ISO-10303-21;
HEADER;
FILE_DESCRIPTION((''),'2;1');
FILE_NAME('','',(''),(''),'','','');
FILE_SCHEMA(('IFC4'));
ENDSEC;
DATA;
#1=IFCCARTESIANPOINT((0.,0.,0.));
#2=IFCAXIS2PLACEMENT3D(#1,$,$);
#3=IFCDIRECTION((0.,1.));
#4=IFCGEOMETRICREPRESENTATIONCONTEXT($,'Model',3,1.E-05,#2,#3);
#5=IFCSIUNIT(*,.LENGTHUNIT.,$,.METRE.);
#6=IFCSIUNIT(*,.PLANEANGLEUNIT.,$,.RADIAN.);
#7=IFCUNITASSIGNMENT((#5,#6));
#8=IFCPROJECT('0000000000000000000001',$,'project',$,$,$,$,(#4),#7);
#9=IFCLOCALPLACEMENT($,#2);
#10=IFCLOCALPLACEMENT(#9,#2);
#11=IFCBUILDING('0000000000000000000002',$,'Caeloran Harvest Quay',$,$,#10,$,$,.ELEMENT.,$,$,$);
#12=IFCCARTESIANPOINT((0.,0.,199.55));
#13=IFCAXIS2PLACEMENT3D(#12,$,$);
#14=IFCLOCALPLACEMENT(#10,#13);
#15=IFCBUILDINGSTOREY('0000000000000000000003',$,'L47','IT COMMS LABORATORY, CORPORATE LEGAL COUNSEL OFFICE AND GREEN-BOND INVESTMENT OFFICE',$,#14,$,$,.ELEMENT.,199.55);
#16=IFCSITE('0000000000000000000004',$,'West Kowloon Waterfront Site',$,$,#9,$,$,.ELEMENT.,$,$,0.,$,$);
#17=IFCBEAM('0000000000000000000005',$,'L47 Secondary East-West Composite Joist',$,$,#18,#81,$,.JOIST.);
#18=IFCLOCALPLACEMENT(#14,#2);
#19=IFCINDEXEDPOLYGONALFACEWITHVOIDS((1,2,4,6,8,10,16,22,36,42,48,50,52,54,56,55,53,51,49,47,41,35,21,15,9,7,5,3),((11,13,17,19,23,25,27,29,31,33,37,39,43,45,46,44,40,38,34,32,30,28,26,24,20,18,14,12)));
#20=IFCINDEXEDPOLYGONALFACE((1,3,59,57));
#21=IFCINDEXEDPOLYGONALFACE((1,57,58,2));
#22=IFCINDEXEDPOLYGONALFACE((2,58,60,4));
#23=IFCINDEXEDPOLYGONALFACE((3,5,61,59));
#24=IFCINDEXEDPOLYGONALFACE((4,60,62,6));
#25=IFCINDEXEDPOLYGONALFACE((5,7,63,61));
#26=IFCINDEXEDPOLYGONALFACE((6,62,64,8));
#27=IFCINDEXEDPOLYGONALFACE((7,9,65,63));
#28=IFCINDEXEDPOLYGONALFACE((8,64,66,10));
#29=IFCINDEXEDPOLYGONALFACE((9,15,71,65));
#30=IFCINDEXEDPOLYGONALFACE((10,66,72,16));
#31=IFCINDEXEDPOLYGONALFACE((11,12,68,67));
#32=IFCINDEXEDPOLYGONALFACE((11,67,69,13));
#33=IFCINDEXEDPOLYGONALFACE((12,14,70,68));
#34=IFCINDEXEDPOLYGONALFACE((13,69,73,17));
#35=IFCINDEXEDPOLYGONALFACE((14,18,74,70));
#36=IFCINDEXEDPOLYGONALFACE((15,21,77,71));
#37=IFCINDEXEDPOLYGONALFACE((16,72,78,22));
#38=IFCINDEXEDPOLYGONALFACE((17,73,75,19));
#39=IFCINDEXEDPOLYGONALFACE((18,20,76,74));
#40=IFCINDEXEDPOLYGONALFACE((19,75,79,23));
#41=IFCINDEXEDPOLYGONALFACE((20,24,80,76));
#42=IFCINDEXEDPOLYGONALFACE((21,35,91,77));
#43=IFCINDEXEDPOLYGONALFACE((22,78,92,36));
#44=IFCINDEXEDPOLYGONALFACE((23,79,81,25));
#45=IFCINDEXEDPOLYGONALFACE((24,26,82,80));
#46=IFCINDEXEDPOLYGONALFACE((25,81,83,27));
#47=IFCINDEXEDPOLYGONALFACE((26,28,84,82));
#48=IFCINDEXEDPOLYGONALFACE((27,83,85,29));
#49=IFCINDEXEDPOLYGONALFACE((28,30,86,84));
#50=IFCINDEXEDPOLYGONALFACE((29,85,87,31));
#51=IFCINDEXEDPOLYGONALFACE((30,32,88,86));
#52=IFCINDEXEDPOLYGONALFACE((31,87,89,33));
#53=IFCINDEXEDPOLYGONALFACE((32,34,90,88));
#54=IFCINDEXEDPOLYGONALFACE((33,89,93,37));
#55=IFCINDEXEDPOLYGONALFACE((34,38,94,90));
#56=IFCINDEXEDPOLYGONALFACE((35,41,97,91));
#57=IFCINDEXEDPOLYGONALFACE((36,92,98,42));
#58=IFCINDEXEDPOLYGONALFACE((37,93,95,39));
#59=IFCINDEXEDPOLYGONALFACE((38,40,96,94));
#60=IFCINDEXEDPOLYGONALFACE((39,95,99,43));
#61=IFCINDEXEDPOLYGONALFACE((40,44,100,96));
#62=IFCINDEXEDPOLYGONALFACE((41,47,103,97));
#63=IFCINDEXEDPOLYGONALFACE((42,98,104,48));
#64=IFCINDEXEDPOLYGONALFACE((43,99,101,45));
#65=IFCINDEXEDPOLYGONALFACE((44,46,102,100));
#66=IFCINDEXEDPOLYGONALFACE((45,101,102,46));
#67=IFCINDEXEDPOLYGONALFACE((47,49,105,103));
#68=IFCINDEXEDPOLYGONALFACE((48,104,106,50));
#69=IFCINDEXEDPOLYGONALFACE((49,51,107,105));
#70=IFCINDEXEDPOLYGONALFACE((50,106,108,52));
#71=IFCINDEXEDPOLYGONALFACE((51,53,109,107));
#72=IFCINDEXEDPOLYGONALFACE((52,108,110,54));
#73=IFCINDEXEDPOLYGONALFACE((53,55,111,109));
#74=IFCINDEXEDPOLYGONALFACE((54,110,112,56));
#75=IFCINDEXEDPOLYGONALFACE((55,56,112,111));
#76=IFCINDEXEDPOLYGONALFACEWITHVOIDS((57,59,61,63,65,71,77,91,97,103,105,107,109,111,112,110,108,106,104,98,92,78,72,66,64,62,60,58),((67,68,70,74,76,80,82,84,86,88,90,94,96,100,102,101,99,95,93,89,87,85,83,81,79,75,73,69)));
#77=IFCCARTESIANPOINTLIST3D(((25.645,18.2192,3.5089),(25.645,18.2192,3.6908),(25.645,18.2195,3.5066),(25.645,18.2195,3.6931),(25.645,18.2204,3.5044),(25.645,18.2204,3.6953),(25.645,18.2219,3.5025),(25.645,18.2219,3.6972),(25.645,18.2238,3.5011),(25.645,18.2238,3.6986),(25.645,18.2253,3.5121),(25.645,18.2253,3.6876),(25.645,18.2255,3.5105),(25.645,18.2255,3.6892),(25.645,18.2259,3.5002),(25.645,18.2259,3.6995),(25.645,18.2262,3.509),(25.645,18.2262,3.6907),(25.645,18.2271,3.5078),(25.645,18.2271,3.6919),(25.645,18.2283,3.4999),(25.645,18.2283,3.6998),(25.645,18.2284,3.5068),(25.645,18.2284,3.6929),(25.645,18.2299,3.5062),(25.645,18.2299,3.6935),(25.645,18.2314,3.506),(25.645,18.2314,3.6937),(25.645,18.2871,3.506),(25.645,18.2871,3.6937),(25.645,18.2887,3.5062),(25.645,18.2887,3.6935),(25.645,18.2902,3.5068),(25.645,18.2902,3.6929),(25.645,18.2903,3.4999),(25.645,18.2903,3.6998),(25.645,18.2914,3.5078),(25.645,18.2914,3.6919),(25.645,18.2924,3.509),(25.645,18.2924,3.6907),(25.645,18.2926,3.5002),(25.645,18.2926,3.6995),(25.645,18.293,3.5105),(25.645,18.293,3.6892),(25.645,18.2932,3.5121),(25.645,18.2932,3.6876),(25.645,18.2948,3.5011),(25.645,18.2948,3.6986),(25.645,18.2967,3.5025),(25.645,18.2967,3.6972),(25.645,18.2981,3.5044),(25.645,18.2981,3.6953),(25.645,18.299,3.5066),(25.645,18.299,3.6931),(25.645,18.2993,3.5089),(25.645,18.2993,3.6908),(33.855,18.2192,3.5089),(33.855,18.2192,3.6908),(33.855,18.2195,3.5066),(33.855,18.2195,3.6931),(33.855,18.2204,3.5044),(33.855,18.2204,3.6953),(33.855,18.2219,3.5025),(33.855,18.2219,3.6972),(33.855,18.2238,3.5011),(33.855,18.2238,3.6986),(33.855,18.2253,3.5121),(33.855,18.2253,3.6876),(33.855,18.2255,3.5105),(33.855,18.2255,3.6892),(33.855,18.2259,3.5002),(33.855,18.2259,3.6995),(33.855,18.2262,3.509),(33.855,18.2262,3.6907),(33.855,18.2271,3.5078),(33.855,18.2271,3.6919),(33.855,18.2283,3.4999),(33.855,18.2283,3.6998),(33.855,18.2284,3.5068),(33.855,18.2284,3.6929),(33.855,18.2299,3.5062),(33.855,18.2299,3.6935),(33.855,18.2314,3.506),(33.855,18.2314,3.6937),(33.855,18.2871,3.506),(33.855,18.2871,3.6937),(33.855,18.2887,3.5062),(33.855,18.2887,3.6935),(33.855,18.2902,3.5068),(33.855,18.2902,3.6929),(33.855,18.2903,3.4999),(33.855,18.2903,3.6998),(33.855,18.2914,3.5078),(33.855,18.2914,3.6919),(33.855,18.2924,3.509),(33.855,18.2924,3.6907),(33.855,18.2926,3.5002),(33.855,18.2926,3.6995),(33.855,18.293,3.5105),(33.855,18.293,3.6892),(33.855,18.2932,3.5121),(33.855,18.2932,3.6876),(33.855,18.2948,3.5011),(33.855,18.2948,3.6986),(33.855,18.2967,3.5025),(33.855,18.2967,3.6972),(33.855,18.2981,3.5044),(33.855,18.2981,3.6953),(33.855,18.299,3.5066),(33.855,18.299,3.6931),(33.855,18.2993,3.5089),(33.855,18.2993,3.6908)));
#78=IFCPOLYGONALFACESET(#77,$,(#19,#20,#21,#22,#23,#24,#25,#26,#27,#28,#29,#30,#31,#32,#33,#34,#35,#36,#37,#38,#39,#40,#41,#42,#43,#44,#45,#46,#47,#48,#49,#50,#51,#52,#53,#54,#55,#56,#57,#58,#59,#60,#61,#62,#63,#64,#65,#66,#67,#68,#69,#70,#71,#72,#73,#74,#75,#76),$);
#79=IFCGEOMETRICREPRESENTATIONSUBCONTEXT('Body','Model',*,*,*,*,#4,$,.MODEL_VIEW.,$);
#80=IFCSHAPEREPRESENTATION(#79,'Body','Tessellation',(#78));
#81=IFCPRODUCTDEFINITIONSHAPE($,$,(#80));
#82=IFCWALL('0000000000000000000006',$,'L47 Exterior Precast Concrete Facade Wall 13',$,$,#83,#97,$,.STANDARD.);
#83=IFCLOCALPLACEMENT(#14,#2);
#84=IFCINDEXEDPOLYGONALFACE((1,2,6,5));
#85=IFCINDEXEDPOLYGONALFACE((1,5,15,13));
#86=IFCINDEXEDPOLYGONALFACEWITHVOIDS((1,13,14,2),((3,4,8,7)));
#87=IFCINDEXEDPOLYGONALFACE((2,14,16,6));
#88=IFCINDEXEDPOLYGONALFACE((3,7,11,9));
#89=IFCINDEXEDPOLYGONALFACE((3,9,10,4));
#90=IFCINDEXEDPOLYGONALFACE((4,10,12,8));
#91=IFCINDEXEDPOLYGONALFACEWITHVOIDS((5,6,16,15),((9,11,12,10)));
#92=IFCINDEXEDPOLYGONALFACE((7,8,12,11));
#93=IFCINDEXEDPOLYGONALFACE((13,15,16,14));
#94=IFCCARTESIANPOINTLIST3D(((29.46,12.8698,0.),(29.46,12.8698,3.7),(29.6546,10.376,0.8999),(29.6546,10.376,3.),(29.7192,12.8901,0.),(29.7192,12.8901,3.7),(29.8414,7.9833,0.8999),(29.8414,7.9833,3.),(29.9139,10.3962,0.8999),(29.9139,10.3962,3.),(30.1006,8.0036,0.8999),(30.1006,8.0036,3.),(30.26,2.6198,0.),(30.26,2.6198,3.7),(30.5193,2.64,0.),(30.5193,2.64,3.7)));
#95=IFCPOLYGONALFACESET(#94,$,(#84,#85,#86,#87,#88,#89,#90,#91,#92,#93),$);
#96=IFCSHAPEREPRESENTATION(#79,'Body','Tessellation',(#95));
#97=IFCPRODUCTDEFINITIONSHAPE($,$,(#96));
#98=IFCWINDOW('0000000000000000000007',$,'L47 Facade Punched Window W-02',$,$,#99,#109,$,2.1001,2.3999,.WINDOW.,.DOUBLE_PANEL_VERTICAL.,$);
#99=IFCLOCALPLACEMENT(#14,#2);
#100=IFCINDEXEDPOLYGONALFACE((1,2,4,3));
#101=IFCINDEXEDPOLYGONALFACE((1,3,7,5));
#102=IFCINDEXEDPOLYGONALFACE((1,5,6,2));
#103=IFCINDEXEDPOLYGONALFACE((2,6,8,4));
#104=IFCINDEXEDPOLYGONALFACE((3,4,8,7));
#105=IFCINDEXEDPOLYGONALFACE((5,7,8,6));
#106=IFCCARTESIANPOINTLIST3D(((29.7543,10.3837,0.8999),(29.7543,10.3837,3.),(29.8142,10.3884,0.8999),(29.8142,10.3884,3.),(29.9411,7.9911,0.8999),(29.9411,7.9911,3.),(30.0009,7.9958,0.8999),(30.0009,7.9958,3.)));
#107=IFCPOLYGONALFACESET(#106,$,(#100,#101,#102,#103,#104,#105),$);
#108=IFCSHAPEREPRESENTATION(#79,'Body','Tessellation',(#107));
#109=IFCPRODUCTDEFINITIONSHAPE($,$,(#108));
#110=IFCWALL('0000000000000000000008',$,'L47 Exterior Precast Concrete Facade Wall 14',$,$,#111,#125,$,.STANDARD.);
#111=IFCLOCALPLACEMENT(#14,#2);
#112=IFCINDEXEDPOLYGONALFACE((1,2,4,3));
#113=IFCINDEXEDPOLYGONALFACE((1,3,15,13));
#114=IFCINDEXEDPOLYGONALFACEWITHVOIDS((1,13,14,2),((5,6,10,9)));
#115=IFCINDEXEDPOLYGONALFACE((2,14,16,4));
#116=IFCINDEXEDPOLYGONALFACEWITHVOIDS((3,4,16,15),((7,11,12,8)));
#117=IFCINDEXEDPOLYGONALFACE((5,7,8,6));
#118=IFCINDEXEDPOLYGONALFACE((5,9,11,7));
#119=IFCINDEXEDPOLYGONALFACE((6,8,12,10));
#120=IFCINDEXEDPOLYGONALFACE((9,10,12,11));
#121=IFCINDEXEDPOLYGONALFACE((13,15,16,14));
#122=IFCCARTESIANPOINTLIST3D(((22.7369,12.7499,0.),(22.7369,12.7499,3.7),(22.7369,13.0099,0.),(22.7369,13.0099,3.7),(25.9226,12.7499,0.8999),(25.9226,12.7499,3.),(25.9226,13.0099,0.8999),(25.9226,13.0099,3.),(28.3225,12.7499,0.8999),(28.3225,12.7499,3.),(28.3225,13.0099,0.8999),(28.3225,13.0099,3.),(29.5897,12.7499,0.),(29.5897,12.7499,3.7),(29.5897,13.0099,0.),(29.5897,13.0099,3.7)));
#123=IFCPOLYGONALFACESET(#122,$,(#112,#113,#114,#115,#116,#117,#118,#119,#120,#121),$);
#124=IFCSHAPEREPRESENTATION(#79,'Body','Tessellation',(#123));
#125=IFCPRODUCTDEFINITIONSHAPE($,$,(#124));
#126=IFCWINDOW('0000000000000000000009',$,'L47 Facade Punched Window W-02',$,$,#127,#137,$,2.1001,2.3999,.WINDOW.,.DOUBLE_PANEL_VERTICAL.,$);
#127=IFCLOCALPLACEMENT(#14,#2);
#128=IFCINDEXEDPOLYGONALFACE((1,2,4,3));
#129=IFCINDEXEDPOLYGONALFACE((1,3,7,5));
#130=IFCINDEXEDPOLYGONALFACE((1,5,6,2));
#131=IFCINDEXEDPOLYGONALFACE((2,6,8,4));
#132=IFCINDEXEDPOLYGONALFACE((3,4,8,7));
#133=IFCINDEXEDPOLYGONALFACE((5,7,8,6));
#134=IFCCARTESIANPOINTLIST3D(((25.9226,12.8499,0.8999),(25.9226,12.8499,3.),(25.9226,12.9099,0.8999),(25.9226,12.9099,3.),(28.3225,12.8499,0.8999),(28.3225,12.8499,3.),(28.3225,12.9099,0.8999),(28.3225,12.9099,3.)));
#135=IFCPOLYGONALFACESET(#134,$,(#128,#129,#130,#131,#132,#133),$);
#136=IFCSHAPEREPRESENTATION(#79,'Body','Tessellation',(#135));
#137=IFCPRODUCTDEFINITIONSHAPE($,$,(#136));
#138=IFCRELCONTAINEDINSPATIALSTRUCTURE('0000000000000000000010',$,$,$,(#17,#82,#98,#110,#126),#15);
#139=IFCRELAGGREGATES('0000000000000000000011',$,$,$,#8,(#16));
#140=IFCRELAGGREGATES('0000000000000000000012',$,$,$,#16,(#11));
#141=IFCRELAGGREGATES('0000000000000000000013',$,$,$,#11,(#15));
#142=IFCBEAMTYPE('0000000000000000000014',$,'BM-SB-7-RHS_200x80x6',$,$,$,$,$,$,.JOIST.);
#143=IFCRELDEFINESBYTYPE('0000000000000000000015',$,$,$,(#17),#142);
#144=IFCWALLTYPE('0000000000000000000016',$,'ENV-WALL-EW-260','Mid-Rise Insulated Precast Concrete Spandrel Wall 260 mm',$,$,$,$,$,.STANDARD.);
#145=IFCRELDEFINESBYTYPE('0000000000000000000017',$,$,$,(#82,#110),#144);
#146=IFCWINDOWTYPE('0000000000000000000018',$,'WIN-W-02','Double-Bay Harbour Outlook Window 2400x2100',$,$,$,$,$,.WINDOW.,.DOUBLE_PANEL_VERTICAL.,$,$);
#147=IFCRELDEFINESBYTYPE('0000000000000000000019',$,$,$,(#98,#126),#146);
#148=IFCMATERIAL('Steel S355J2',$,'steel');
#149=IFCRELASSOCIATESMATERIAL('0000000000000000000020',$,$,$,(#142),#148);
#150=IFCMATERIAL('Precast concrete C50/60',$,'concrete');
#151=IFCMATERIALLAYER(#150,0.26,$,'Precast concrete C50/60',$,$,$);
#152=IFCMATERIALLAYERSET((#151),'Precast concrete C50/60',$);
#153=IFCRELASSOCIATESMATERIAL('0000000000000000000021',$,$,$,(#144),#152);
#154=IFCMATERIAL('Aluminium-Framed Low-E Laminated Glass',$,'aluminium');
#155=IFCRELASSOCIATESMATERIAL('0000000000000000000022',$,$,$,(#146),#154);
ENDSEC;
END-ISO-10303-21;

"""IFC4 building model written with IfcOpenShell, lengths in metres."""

from ifc_helpers import new_model, si_unit, direction, frame, frame_2d, origin, origin_2d, place, context, subcontext, project, spatial, rectangle, hollow_rectangle, extrude, material, layer, layer_set, material_profile, profile_set, type_object, element, fill, save


model = new_model("IFC4")

# Units and contexts
model_context = context("Model", 3, precision=1e-05, world=origin(), true_north=direction((0.0, 1.0)))
body_context = subcontext(model_context, "Body", "Model", "MODEL_VIEW")
ifc_project = project(units=[si_unit("LENGTHUNIT", "METRE"), si_unit("PLANEANGLEUNIT", "RADIAN")], contexts=[model_context])

# Site, building, storey
site_placement = place(None, origin())
site = spatial("IfcSite", under=ifc_project, at=site_placement, Name="West Kowloon Waterfront Site", CompositionType="ELEMENT", RefElevation=0.0)
building_placement = place(site_placement, origin())
building = spatial("IfcBuilding", under=site, at=building_placement, Name="Caeloran Harvest Quay", CompositionType="ELEMENT")
storey_placement = place(building_placement, frame((0.0, 0.0, 199.55)))
storey = spatial("IfcBuildingStorey", under=building, at=storey_placement, Name="L47", Description="IT COMMS LABORATORY, CORPORATE LEGAL COUNSEL OFFICE AND GREEN-BOND INVESTMENT OFFICE", CompositionType="ELEMENT", Elevation=199.55)

# Beam
ifc_material_1 = material(Name="Steel S355J2", Category="steel")
ifc_material_profile_1 = material_profile(ifc_material_1, hollow_rectangle(XDim=0.0801, YDim=0.2, WallThickness=0.0061, InnerFilletRadius=0.0061, OuterFilletRadius=0.009, at=origin_2d()), Name="RHS 200x80x6")
ifc_profile_set_1 = profile_set([ifc_material_profile_1], Name="Steel S355J2")
beam_type_1 = type_object("IfcBeamType", Name="BM-SB-7-RHS_200x80x6", PredefinedType="JOIST", material=ifc_profile_set_1)
for number, where, z_axis, x_axis, name in (
    (1, (25.645, 18.2593, 3.5999), (1.0, 0.0, 0.0), (0.0, 1.0, 0.0), "L47 Secondary East-West Composite Joist"),
):
    element("IfcBeam", number, at=place(storey_placement, frame(where, z_axis=z_axis, x_axis=x_axis)), inside=storey, type_object=beam_type_1, Name=name, PredefinedType="JOIST", context=body_context, shape_type="SweptSolid", body=[
        extrude(hollow_rectangle(XDim=0.0801, YDim=0.2, WallThickness=0.0061, InnerFilletRadius=0.0061, OuterFilletRadius=0.009, at=origin_2d()), origin(), (0.0, 0.0, 1.0), 8.21),
    ])

# Walls, openings, windows
ifc_material_2 = material(Name="Precast concrete C50/60", Category="concrete")
ifc_layer = layer(ifc_material_2, 0.26, Name="Precast concrete C50/60")
ifc_layer_set = layer_set([ifc_layer], Name="Precast concrete C50/60")
wall_type = type_object("IfcWallType", Name="ENV-WALL-EW-260", Description="Mid-Rise Insulated Precast Concrete Spandrel Wall 260 mm", PredefinedType="STANDARD", material=ifc_layer_set)
wall_1_placement = place(storey_placement, frame((30.3896, 2.6299, 0.0), z_axis=(0.0, 0.0, 1.0), x_axis=(-0.077817, 0.996968, 0.0)))
wall_1 = element("IfcWall", 2, at=wall_1_placement, inside=storey, type_object=wall_type, Name="L47 Exterior Precast Concrete Facade Wall 13", PredefinedType="STANDARD", context=body_context, shape_type="SweptSolid", body=[
    extrude(rectangle(XDim=10.2812, YDim=0.26, at=frame_2d((5.1406, 0.0))), origin(), (0.0, 0.0, 1.0), 3.7),
])
opening_1_placement = place(wall_1_placement, frame((5.3799, 0.0, 0.8999)))
opening_1 = element("IfcOpeningElement", 3, at=opening_1_placement, cuts=wall_1, PredefinedType="OPENING", context=body_context, shape_type="SweptSolid", body=[
    extrude(rectangle(XDim=2.3999, YDim=2.1001, at=frame_2d((1.2, 1.05))), frame((0.0, 0.1401, 0.0), z_axis=(0.0, -1.0, 0.0), x_axis=(1.0, 0.0, 0.0)), (0.0, 0.0, 1.0), 0.28),
])
ifc_material_3 = material(Name="Aluminium-Framed Low-E Laminated Glass", Category="aluminium")
window_type = type_object("IfcWindowType", Name="WIN-W-02", Description="Double-Bay Harbour Outlook Window 2400x2100", PartitioningType="DOUBLE_PANEL_VERTICAL", PredefinedType="WINDOW", material=ifc_material_3)
window_1_placement = place(opening_1_placement, origin())
window_1 = element("IfcWindow", 4, at=window_1_placement, inside=storey, type_object=window_type, Name="L47 Facade Punched Window W-02", OverallHeight=2.1001, OverallWidth=2.3999, PartitioningType="DOUBLE_PANEL_VERTICAL", PredefinedType="WINDOW", context=body_context, shape_type="SweptSolid", body=[
    extrude(rectangle(XDim=2.3999, YDim=2.1001, at=frame_2d((1.2, 1.05))), frame((0.0, 0.03, 0.0), z_axis=(0.0, -1.0, 0.0), x_axis=(1.0, 0.0, 0.0)), (0.0, 0.0, 1.0), 0.0601),
])
fill(opening_1, window_1)
wall_2_placement = place(storey_placement, frame((29.5896, 12.8799, 0.0), z_axis=(0.0, 0.0, 1.0), x_axis=(-1.0, 0.0, 0.0)))
wall_2 = element("IfcWall", 5, at=wall_2_placement, inside=storey, type_object=wall_type, Name="L47 Exterior Precast Concrete Facade Wall 14", PredefinedType="STANDARD", context=body_context, shape_type="SweptSolid", body=[
    extrude(rectangle(XDim=6.8528, YDim=0.26, at=frame_2d((3.4263, 0.0))), origin(), (0.0, 0.0, 1.0), 3.7),
])
opening_2_placement = place(wall_2_placement, frame((1.2671, 0.0, 0.8999)))
opening_2 = element("IfcOpeningElement", 6, at=opening_2_placement, cuts=wall_2, PredefinedType="OPENING", context=body_context, shape_type="SweptSolid", body=[
    extrude(rectangle(XDim=2.3999, YDim=2.1001, at=frame_2d((1.2, 1.05))), frame((0.0, 0.1401, 0.0), z_axis=(0.0, -1.0, 0.0), x_axis=(1.0, 0.0, 0.0)), (0.0, 0.0, 1.0), 0.28),
])
window_2_placement = place(opening_2_placement, origin())
window_2 = element("IfcWindow", 7, at=window_2_placement, inside=storey, type_object=window_type, Name="L47 Facade Punched Window W-02", OverallHeight=2.1001, OverallWidth=2.3999, PartitioningType="DOUBLE_PANEL_VERTICAL", PredefinedType="WINDOW", context=body_context, shape_type="SweptSolid", body=[
    extrude(rectangle(XDim=2.3999, YDim=2.1001, at=frame_2d((1.2, 1.05))), frame((0.0, 0.03, 0.0), z_axis=(0.0, -1.0, 0.0), x_axis=(1.0, 0.0, 0.0)), (0.0, 0.0, 1.0), 0.0601),
])
fill(opening_2, window_2)

save(model, "model.ifc")
